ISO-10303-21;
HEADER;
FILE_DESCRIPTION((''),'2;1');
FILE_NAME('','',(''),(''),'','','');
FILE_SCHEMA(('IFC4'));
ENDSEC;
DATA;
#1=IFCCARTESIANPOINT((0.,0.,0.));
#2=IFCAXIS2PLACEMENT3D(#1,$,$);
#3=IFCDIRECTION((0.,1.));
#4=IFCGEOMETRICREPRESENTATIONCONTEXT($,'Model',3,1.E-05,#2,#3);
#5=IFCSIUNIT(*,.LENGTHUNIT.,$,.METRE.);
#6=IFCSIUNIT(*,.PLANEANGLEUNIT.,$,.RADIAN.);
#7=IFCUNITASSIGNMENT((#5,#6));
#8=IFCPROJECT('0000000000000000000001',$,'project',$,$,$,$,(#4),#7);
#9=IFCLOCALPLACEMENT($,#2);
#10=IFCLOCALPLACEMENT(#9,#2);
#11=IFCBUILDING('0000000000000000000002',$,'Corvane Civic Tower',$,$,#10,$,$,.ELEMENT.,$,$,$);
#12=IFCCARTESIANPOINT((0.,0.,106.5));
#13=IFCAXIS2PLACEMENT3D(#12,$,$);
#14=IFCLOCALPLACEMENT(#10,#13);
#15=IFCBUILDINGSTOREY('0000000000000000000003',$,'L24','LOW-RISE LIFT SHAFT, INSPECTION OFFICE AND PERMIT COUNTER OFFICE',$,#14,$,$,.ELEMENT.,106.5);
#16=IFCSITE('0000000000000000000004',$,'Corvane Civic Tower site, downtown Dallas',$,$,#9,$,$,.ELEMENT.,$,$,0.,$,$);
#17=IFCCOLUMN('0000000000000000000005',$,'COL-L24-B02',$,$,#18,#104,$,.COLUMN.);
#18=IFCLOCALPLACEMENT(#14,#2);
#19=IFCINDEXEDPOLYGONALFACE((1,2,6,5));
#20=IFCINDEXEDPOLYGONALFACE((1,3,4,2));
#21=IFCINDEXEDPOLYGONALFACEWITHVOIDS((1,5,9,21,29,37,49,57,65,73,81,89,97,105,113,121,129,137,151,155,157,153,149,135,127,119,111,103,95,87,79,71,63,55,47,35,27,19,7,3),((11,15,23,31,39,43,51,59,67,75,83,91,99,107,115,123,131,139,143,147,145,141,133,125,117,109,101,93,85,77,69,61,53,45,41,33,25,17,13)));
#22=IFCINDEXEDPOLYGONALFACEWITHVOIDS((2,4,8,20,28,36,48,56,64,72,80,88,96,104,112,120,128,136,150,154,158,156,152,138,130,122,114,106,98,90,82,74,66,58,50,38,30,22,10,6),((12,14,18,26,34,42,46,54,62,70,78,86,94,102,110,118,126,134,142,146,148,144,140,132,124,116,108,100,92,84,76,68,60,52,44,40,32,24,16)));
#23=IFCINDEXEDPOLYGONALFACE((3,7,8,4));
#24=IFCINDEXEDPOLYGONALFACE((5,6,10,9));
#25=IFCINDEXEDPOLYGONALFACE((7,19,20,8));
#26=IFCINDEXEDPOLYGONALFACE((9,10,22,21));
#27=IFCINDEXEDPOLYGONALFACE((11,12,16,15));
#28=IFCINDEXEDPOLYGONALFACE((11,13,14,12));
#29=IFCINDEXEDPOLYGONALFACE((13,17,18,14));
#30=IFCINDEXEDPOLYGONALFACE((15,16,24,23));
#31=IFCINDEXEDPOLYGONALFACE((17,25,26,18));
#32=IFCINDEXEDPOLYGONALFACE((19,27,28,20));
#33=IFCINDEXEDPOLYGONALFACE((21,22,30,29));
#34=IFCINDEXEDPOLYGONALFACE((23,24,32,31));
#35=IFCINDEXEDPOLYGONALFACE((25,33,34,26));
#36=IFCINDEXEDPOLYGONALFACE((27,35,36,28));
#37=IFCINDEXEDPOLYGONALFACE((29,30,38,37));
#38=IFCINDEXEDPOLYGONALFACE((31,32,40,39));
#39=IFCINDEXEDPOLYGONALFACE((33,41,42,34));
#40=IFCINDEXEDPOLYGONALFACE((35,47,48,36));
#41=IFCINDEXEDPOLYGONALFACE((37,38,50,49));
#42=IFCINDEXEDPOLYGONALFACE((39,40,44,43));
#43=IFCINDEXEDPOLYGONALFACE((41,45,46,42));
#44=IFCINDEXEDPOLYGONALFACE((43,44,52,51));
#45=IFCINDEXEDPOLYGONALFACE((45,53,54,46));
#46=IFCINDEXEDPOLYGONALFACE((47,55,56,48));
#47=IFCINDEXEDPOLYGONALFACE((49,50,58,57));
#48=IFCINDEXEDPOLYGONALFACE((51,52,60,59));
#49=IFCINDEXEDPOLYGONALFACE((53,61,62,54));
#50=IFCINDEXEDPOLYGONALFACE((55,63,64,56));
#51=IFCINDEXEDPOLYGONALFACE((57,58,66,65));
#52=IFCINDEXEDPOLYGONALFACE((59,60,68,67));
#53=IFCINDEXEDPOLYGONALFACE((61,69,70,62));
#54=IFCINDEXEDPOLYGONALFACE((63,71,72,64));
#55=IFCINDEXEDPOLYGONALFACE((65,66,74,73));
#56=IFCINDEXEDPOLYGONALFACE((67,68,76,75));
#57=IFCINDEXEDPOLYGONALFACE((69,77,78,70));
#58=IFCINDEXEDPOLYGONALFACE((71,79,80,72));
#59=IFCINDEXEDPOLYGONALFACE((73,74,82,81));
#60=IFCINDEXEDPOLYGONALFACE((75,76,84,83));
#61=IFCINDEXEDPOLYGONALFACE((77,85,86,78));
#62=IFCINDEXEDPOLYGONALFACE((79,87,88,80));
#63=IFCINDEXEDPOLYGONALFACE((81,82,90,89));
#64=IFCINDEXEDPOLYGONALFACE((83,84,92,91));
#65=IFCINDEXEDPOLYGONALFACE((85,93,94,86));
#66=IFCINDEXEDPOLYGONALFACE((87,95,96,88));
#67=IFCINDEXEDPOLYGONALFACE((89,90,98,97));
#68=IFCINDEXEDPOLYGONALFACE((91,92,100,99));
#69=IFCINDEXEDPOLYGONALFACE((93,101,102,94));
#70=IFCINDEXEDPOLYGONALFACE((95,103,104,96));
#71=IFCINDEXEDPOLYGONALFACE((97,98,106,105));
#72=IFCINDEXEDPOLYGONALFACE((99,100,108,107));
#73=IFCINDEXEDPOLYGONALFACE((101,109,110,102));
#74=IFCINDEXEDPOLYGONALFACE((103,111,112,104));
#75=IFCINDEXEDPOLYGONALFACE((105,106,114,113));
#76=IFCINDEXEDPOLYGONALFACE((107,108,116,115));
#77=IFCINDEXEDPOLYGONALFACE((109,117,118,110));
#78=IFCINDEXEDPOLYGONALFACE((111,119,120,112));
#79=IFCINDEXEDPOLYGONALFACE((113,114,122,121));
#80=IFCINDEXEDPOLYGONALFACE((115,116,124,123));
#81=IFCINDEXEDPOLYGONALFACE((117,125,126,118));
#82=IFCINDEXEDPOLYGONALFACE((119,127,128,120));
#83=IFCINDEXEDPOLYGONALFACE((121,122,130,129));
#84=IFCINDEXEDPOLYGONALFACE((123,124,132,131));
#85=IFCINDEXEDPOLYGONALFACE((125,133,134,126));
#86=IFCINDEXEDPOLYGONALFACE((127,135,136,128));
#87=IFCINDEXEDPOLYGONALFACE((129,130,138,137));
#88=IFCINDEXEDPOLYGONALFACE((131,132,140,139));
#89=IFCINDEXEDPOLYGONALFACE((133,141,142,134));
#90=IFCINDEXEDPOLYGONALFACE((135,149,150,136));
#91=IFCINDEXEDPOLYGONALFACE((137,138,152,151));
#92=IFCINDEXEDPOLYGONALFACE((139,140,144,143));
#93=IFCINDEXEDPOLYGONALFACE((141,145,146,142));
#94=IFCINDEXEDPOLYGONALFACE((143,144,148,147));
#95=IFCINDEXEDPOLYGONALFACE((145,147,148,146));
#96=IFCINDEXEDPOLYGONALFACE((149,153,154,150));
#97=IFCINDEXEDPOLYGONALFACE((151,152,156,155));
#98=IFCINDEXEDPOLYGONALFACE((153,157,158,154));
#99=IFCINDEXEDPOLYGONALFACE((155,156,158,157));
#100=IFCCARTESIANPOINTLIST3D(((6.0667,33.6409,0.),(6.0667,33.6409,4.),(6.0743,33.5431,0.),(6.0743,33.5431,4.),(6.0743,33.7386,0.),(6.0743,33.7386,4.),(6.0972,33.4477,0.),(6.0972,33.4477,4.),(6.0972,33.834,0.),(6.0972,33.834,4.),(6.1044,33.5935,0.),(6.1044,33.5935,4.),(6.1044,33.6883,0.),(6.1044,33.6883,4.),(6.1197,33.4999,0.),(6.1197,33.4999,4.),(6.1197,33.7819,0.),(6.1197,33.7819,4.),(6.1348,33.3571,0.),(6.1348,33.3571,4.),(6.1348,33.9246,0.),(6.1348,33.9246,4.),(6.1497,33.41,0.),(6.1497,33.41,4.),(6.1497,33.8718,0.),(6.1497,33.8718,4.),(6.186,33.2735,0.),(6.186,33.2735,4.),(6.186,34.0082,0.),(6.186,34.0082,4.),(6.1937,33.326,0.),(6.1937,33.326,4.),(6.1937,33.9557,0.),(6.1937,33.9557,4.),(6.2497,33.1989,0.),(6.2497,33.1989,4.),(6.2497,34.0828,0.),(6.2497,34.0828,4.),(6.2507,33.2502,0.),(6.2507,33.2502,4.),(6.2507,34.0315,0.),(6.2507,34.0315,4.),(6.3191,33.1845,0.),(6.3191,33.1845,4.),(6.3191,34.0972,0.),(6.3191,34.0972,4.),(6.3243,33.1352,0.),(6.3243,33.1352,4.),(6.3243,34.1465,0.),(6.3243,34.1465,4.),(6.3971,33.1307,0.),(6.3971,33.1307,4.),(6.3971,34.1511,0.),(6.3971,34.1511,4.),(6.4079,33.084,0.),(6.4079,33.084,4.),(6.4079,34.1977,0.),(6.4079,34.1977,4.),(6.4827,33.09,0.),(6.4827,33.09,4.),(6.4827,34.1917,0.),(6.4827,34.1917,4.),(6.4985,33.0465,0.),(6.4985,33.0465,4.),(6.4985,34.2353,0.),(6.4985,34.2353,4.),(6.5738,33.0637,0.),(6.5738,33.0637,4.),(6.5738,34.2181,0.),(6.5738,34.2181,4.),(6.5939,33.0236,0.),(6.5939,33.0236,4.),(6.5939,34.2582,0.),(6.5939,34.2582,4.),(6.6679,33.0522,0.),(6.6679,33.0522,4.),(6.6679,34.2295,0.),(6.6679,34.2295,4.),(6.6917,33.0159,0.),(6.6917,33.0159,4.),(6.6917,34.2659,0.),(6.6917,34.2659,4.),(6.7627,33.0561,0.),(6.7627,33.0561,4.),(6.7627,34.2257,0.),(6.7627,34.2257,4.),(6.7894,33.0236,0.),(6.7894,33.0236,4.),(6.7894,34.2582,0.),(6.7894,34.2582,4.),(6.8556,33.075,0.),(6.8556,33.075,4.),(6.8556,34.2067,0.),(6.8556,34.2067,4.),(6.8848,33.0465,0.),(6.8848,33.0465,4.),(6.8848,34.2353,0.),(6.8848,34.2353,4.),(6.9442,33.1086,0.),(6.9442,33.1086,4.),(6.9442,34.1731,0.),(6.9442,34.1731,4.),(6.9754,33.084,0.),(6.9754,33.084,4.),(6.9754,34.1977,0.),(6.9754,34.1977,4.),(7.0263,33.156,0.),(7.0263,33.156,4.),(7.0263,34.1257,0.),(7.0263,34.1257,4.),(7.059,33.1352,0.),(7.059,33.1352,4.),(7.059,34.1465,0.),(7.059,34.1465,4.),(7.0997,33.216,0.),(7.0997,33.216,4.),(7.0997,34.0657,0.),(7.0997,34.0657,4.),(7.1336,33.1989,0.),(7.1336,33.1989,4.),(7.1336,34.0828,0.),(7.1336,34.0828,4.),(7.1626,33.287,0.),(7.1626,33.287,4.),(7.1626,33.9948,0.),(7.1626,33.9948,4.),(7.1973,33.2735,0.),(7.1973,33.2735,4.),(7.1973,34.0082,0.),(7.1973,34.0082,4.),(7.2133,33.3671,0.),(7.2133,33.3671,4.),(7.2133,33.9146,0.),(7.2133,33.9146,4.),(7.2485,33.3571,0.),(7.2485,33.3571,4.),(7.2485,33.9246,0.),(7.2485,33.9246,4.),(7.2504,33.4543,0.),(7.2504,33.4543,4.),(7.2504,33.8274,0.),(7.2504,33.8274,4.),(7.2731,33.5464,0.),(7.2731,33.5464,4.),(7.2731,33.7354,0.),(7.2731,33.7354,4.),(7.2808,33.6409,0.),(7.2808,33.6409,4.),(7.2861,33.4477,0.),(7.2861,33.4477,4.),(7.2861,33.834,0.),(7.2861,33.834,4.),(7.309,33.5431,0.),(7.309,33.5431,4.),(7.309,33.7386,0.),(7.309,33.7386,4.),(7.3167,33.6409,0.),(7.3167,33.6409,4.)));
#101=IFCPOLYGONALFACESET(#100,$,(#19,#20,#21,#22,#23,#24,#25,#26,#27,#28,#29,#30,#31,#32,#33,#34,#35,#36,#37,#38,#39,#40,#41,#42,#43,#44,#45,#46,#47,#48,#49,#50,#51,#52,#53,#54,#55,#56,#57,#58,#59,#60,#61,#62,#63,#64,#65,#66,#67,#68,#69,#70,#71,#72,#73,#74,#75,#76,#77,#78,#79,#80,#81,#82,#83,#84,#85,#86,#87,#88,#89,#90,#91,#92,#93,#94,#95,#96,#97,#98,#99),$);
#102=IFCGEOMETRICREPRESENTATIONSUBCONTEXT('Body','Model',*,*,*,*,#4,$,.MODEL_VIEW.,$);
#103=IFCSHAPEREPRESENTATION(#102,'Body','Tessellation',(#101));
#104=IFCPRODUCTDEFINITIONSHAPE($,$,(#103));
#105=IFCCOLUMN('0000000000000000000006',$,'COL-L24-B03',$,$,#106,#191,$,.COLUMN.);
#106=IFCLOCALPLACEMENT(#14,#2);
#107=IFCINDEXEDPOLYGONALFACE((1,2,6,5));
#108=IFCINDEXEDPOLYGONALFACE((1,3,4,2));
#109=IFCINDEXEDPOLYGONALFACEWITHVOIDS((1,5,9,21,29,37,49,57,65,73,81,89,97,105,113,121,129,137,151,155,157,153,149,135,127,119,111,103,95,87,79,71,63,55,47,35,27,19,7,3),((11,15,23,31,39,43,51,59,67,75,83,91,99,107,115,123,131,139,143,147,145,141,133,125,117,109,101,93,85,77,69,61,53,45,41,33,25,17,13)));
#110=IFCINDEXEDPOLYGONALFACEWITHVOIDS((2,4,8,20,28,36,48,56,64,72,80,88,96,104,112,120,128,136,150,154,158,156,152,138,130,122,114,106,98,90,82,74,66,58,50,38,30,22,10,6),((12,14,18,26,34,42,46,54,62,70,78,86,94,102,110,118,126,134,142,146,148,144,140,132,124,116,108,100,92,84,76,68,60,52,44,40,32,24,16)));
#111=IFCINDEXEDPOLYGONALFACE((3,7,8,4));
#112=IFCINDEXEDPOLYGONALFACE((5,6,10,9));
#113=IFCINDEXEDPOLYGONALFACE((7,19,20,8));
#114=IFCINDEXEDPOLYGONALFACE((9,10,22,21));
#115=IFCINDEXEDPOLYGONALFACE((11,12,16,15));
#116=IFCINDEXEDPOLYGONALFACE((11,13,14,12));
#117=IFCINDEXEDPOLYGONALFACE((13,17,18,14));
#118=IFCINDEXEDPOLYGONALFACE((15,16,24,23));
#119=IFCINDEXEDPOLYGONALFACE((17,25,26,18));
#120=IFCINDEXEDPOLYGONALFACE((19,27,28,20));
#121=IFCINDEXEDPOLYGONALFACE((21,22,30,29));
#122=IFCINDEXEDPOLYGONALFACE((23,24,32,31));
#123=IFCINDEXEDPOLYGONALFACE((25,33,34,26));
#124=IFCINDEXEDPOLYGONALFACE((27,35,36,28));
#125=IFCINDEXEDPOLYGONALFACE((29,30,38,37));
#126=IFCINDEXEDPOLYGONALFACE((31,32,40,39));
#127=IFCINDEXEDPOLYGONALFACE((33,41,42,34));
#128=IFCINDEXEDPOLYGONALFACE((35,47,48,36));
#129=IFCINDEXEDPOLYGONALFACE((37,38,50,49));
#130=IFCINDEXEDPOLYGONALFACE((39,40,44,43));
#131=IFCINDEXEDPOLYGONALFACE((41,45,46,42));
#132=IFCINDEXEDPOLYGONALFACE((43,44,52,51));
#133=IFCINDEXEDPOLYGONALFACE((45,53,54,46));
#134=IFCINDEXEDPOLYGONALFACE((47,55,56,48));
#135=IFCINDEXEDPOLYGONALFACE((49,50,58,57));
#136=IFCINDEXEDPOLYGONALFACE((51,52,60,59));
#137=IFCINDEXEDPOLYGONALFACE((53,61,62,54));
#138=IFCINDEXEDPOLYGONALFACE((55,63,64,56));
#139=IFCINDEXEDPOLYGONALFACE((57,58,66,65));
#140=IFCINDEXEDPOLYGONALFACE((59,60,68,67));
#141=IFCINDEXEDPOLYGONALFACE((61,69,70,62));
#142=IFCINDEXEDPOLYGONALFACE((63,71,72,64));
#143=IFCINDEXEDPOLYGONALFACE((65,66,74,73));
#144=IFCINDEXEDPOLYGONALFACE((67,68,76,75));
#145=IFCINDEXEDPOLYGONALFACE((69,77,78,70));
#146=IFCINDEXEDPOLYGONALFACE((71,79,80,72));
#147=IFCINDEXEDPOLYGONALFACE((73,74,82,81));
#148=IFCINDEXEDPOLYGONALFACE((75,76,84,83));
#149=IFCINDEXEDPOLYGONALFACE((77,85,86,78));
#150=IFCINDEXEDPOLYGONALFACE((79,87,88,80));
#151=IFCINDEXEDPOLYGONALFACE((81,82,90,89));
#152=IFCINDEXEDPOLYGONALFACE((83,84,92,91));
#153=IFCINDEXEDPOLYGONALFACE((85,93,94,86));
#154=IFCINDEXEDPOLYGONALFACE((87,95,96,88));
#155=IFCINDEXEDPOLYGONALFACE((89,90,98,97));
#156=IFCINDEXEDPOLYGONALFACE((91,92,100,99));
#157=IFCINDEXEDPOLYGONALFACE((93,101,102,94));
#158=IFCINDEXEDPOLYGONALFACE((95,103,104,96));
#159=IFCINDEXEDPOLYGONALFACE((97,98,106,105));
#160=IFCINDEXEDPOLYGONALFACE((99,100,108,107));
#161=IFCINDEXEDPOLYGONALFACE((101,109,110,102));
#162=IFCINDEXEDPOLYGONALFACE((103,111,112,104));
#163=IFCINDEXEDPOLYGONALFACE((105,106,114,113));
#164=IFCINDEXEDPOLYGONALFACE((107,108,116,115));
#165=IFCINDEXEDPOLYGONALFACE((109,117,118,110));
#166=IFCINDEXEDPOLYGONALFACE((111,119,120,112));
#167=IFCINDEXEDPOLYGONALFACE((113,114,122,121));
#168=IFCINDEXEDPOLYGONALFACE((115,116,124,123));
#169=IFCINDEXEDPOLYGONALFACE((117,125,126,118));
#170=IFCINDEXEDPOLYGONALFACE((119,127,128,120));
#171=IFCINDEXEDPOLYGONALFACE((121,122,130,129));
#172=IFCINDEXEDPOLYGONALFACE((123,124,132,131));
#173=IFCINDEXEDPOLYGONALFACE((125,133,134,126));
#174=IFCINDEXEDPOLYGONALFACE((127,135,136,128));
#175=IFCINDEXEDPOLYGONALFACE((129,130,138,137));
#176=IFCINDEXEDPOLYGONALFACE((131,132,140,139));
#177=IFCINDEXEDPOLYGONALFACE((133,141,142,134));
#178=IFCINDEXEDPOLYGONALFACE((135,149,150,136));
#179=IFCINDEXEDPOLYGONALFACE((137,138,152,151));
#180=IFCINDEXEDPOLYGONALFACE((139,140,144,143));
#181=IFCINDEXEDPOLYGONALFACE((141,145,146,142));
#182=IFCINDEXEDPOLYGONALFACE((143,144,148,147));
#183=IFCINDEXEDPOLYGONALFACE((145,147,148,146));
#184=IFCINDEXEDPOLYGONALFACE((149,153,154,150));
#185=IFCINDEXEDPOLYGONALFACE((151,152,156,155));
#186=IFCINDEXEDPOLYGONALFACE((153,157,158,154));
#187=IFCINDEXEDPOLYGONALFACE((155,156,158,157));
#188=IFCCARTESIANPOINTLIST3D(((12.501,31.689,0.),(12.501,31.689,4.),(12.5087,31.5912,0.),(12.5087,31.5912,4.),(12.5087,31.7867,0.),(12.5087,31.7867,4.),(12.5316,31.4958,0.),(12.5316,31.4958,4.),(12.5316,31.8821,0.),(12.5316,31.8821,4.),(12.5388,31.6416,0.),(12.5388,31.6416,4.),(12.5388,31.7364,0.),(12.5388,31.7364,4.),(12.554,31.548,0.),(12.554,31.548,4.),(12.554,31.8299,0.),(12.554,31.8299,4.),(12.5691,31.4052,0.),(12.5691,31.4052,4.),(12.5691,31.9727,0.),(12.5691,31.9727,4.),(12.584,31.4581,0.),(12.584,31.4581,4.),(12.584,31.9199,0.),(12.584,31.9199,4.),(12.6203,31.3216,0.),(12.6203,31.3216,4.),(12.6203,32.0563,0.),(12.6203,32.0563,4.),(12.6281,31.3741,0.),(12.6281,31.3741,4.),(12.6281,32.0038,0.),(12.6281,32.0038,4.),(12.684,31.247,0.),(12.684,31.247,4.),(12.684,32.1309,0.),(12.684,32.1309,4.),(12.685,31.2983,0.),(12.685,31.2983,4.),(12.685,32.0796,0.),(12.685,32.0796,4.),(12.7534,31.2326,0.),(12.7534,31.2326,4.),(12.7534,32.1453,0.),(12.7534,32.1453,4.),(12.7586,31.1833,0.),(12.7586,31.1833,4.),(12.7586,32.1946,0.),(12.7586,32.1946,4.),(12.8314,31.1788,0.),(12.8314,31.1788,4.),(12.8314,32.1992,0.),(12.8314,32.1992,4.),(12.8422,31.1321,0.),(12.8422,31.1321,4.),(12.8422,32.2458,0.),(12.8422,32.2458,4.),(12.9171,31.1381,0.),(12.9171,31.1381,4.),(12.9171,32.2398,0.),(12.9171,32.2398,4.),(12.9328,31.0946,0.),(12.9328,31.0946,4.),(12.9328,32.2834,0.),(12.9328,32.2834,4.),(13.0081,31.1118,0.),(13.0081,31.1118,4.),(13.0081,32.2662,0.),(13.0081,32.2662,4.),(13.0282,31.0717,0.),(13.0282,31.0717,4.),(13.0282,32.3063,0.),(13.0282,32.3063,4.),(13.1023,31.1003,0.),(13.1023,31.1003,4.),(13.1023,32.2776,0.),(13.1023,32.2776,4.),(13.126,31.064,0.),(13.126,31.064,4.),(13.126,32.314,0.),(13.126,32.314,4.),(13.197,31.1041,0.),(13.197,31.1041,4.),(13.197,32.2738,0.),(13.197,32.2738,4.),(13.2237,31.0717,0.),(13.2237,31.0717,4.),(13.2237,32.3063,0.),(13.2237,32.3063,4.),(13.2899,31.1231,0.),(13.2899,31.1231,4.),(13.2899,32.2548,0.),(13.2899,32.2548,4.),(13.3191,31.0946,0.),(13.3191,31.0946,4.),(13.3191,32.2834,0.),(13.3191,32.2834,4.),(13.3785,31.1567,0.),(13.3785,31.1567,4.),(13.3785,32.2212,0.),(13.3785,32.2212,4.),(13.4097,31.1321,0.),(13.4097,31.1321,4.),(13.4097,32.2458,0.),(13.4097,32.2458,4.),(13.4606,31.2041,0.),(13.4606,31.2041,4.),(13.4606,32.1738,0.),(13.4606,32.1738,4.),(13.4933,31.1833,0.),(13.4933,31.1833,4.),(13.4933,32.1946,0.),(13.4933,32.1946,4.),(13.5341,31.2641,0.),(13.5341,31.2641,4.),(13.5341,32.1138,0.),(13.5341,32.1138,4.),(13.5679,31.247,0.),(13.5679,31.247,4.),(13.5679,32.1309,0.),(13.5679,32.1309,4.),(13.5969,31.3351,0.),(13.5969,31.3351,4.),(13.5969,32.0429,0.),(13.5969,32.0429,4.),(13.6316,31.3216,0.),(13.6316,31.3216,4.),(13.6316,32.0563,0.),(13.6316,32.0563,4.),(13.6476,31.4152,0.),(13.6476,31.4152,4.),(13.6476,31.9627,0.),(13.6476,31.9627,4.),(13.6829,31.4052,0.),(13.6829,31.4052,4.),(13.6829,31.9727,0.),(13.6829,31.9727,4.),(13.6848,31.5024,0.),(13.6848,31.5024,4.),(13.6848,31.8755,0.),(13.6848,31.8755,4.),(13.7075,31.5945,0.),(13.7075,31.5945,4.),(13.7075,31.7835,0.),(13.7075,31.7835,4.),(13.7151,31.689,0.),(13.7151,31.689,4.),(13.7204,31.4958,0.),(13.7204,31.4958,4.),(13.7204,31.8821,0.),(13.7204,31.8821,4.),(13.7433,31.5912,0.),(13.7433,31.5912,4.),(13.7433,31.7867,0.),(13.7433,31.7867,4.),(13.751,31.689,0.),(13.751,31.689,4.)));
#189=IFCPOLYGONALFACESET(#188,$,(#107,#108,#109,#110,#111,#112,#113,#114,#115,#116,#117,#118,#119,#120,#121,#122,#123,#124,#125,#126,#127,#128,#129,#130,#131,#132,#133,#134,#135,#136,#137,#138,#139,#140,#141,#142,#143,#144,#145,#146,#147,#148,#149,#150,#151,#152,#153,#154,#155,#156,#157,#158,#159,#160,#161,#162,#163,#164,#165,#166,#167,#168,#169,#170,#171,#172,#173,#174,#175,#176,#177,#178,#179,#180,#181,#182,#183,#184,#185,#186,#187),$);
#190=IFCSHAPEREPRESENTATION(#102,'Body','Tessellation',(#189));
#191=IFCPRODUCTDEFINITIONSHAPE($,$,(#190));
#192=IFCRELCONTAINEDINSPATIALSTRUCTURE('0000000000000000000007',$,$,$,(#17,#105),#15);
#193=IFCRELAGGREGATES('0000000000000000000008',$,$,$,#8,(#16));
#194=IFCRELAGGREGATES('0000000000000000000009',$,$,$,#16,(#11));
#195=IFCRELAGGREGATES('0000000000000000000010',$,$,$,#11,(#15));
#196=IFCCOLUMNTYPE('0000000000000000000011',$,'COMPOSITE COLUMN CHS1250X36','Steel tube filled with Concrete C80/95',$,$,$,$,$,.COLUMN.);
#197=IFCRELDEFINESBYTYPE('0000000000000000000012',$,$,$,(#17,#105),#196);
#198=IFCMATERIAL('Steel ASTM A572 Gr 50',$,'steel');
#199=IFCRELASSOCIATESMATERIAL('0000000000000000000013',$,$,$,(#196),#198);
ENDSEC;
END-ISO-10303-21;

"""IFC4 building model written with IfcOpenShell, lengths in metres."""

from ifc_helpers import new_model, si_unit, direction, frame, origin, origin_2d, place, context, subcontext, project, spatial, hollow_circle, extrude, material, material_profile, profile_set, type_object, element, save


model = new_model("IFC4")

# Units and contexts
model_context = context("Model", 3, precision=1e-05, world=origin(), true_north=direction((0.0, 1.0)))
body_context = subcontext(model_context, "Body", "Model", "MODEL_VIEW")
ifc_project = project(units=[si_unit("LENGTHUNIT", "METRE"), si_unit("PLANEANGLEUNIT", "RADIAN")], contexts=[model_context])

# Site, building, storey
site_placement = place(None, origin())
site = spatial("IfcSite", under=ifc_project, at=site_placement, Name="Corvane Civic Tower site, downtown Dallas", CompositionType="ELEMENT", RefElevation=0.0)
building_placement = place(site_placement, origin())
building = spatial("IfcBuilding", under=site, at=building_placement, Name="Corvane Civic Tower", CompositionType="ELEMENT")
storey_placement = place(building_placement, frame((0.0, 0.0, 106.5)))
storey = spatial("IfcBuildingStorey", under=building, at=storey_placement, Name="L24", Description="LOW-RISE LIFT SHAFT, INSPECTION OFFICE AND PERMIT COUNTER OFFICE", CompositionType="ELEMENT", Elevation=106.5)

# Columns
ifc_material_1 = material(Name="Steel ASTM A572 Gr 50", Category="steel")
ifc_material_profile_1 = material_profile(ifc_material_1, hollow_circle(Radius=0.625, WallThickness=0.0359, at=origin_2d()), Name="CHS1250X36")
ifc_profile_set_1 = profile_set([ifc_material_profile_1], Name="Steel ASTM A572 Gr 50")
column_type = type_object("IfcColumnType", Name="COMPOSITE COLUMN CHS1250X36", Description="Steel tube filled with Concrete C80/95", PredefinedType="COLUMN", material=ifc_profile_set_1)
for number, where, z_axis, x_axis, name in (
    (1, (6.6917, 33.6409, 0.0), (0.0, 0.0, 1.0), (1.0, 0.0, 0.0), "COL-L24-B02"),
    (2, (13.126, 31.689, 0.0), (0.0, 0.0, 1.0), (1.0, 0.0, 0.0), "COL-L24-B03"),
):
    element("IfcColumn", number, at=place(storey_placement, frame(where, z_axis=z_axis, x_axis=x_axis)), inside=storey, type_object=column_type, Name=name, PredefinedType="COLUMN", context=body_context, shape_type="SweptSolid", body=[
        extrude(hollow_circle(Radius=0.625, WallThickness=0.0359, at=origin_2d()), origin(), (0.0, 0.0, 1.0), 4.0),
    ])

save(model, "model.ifc")
